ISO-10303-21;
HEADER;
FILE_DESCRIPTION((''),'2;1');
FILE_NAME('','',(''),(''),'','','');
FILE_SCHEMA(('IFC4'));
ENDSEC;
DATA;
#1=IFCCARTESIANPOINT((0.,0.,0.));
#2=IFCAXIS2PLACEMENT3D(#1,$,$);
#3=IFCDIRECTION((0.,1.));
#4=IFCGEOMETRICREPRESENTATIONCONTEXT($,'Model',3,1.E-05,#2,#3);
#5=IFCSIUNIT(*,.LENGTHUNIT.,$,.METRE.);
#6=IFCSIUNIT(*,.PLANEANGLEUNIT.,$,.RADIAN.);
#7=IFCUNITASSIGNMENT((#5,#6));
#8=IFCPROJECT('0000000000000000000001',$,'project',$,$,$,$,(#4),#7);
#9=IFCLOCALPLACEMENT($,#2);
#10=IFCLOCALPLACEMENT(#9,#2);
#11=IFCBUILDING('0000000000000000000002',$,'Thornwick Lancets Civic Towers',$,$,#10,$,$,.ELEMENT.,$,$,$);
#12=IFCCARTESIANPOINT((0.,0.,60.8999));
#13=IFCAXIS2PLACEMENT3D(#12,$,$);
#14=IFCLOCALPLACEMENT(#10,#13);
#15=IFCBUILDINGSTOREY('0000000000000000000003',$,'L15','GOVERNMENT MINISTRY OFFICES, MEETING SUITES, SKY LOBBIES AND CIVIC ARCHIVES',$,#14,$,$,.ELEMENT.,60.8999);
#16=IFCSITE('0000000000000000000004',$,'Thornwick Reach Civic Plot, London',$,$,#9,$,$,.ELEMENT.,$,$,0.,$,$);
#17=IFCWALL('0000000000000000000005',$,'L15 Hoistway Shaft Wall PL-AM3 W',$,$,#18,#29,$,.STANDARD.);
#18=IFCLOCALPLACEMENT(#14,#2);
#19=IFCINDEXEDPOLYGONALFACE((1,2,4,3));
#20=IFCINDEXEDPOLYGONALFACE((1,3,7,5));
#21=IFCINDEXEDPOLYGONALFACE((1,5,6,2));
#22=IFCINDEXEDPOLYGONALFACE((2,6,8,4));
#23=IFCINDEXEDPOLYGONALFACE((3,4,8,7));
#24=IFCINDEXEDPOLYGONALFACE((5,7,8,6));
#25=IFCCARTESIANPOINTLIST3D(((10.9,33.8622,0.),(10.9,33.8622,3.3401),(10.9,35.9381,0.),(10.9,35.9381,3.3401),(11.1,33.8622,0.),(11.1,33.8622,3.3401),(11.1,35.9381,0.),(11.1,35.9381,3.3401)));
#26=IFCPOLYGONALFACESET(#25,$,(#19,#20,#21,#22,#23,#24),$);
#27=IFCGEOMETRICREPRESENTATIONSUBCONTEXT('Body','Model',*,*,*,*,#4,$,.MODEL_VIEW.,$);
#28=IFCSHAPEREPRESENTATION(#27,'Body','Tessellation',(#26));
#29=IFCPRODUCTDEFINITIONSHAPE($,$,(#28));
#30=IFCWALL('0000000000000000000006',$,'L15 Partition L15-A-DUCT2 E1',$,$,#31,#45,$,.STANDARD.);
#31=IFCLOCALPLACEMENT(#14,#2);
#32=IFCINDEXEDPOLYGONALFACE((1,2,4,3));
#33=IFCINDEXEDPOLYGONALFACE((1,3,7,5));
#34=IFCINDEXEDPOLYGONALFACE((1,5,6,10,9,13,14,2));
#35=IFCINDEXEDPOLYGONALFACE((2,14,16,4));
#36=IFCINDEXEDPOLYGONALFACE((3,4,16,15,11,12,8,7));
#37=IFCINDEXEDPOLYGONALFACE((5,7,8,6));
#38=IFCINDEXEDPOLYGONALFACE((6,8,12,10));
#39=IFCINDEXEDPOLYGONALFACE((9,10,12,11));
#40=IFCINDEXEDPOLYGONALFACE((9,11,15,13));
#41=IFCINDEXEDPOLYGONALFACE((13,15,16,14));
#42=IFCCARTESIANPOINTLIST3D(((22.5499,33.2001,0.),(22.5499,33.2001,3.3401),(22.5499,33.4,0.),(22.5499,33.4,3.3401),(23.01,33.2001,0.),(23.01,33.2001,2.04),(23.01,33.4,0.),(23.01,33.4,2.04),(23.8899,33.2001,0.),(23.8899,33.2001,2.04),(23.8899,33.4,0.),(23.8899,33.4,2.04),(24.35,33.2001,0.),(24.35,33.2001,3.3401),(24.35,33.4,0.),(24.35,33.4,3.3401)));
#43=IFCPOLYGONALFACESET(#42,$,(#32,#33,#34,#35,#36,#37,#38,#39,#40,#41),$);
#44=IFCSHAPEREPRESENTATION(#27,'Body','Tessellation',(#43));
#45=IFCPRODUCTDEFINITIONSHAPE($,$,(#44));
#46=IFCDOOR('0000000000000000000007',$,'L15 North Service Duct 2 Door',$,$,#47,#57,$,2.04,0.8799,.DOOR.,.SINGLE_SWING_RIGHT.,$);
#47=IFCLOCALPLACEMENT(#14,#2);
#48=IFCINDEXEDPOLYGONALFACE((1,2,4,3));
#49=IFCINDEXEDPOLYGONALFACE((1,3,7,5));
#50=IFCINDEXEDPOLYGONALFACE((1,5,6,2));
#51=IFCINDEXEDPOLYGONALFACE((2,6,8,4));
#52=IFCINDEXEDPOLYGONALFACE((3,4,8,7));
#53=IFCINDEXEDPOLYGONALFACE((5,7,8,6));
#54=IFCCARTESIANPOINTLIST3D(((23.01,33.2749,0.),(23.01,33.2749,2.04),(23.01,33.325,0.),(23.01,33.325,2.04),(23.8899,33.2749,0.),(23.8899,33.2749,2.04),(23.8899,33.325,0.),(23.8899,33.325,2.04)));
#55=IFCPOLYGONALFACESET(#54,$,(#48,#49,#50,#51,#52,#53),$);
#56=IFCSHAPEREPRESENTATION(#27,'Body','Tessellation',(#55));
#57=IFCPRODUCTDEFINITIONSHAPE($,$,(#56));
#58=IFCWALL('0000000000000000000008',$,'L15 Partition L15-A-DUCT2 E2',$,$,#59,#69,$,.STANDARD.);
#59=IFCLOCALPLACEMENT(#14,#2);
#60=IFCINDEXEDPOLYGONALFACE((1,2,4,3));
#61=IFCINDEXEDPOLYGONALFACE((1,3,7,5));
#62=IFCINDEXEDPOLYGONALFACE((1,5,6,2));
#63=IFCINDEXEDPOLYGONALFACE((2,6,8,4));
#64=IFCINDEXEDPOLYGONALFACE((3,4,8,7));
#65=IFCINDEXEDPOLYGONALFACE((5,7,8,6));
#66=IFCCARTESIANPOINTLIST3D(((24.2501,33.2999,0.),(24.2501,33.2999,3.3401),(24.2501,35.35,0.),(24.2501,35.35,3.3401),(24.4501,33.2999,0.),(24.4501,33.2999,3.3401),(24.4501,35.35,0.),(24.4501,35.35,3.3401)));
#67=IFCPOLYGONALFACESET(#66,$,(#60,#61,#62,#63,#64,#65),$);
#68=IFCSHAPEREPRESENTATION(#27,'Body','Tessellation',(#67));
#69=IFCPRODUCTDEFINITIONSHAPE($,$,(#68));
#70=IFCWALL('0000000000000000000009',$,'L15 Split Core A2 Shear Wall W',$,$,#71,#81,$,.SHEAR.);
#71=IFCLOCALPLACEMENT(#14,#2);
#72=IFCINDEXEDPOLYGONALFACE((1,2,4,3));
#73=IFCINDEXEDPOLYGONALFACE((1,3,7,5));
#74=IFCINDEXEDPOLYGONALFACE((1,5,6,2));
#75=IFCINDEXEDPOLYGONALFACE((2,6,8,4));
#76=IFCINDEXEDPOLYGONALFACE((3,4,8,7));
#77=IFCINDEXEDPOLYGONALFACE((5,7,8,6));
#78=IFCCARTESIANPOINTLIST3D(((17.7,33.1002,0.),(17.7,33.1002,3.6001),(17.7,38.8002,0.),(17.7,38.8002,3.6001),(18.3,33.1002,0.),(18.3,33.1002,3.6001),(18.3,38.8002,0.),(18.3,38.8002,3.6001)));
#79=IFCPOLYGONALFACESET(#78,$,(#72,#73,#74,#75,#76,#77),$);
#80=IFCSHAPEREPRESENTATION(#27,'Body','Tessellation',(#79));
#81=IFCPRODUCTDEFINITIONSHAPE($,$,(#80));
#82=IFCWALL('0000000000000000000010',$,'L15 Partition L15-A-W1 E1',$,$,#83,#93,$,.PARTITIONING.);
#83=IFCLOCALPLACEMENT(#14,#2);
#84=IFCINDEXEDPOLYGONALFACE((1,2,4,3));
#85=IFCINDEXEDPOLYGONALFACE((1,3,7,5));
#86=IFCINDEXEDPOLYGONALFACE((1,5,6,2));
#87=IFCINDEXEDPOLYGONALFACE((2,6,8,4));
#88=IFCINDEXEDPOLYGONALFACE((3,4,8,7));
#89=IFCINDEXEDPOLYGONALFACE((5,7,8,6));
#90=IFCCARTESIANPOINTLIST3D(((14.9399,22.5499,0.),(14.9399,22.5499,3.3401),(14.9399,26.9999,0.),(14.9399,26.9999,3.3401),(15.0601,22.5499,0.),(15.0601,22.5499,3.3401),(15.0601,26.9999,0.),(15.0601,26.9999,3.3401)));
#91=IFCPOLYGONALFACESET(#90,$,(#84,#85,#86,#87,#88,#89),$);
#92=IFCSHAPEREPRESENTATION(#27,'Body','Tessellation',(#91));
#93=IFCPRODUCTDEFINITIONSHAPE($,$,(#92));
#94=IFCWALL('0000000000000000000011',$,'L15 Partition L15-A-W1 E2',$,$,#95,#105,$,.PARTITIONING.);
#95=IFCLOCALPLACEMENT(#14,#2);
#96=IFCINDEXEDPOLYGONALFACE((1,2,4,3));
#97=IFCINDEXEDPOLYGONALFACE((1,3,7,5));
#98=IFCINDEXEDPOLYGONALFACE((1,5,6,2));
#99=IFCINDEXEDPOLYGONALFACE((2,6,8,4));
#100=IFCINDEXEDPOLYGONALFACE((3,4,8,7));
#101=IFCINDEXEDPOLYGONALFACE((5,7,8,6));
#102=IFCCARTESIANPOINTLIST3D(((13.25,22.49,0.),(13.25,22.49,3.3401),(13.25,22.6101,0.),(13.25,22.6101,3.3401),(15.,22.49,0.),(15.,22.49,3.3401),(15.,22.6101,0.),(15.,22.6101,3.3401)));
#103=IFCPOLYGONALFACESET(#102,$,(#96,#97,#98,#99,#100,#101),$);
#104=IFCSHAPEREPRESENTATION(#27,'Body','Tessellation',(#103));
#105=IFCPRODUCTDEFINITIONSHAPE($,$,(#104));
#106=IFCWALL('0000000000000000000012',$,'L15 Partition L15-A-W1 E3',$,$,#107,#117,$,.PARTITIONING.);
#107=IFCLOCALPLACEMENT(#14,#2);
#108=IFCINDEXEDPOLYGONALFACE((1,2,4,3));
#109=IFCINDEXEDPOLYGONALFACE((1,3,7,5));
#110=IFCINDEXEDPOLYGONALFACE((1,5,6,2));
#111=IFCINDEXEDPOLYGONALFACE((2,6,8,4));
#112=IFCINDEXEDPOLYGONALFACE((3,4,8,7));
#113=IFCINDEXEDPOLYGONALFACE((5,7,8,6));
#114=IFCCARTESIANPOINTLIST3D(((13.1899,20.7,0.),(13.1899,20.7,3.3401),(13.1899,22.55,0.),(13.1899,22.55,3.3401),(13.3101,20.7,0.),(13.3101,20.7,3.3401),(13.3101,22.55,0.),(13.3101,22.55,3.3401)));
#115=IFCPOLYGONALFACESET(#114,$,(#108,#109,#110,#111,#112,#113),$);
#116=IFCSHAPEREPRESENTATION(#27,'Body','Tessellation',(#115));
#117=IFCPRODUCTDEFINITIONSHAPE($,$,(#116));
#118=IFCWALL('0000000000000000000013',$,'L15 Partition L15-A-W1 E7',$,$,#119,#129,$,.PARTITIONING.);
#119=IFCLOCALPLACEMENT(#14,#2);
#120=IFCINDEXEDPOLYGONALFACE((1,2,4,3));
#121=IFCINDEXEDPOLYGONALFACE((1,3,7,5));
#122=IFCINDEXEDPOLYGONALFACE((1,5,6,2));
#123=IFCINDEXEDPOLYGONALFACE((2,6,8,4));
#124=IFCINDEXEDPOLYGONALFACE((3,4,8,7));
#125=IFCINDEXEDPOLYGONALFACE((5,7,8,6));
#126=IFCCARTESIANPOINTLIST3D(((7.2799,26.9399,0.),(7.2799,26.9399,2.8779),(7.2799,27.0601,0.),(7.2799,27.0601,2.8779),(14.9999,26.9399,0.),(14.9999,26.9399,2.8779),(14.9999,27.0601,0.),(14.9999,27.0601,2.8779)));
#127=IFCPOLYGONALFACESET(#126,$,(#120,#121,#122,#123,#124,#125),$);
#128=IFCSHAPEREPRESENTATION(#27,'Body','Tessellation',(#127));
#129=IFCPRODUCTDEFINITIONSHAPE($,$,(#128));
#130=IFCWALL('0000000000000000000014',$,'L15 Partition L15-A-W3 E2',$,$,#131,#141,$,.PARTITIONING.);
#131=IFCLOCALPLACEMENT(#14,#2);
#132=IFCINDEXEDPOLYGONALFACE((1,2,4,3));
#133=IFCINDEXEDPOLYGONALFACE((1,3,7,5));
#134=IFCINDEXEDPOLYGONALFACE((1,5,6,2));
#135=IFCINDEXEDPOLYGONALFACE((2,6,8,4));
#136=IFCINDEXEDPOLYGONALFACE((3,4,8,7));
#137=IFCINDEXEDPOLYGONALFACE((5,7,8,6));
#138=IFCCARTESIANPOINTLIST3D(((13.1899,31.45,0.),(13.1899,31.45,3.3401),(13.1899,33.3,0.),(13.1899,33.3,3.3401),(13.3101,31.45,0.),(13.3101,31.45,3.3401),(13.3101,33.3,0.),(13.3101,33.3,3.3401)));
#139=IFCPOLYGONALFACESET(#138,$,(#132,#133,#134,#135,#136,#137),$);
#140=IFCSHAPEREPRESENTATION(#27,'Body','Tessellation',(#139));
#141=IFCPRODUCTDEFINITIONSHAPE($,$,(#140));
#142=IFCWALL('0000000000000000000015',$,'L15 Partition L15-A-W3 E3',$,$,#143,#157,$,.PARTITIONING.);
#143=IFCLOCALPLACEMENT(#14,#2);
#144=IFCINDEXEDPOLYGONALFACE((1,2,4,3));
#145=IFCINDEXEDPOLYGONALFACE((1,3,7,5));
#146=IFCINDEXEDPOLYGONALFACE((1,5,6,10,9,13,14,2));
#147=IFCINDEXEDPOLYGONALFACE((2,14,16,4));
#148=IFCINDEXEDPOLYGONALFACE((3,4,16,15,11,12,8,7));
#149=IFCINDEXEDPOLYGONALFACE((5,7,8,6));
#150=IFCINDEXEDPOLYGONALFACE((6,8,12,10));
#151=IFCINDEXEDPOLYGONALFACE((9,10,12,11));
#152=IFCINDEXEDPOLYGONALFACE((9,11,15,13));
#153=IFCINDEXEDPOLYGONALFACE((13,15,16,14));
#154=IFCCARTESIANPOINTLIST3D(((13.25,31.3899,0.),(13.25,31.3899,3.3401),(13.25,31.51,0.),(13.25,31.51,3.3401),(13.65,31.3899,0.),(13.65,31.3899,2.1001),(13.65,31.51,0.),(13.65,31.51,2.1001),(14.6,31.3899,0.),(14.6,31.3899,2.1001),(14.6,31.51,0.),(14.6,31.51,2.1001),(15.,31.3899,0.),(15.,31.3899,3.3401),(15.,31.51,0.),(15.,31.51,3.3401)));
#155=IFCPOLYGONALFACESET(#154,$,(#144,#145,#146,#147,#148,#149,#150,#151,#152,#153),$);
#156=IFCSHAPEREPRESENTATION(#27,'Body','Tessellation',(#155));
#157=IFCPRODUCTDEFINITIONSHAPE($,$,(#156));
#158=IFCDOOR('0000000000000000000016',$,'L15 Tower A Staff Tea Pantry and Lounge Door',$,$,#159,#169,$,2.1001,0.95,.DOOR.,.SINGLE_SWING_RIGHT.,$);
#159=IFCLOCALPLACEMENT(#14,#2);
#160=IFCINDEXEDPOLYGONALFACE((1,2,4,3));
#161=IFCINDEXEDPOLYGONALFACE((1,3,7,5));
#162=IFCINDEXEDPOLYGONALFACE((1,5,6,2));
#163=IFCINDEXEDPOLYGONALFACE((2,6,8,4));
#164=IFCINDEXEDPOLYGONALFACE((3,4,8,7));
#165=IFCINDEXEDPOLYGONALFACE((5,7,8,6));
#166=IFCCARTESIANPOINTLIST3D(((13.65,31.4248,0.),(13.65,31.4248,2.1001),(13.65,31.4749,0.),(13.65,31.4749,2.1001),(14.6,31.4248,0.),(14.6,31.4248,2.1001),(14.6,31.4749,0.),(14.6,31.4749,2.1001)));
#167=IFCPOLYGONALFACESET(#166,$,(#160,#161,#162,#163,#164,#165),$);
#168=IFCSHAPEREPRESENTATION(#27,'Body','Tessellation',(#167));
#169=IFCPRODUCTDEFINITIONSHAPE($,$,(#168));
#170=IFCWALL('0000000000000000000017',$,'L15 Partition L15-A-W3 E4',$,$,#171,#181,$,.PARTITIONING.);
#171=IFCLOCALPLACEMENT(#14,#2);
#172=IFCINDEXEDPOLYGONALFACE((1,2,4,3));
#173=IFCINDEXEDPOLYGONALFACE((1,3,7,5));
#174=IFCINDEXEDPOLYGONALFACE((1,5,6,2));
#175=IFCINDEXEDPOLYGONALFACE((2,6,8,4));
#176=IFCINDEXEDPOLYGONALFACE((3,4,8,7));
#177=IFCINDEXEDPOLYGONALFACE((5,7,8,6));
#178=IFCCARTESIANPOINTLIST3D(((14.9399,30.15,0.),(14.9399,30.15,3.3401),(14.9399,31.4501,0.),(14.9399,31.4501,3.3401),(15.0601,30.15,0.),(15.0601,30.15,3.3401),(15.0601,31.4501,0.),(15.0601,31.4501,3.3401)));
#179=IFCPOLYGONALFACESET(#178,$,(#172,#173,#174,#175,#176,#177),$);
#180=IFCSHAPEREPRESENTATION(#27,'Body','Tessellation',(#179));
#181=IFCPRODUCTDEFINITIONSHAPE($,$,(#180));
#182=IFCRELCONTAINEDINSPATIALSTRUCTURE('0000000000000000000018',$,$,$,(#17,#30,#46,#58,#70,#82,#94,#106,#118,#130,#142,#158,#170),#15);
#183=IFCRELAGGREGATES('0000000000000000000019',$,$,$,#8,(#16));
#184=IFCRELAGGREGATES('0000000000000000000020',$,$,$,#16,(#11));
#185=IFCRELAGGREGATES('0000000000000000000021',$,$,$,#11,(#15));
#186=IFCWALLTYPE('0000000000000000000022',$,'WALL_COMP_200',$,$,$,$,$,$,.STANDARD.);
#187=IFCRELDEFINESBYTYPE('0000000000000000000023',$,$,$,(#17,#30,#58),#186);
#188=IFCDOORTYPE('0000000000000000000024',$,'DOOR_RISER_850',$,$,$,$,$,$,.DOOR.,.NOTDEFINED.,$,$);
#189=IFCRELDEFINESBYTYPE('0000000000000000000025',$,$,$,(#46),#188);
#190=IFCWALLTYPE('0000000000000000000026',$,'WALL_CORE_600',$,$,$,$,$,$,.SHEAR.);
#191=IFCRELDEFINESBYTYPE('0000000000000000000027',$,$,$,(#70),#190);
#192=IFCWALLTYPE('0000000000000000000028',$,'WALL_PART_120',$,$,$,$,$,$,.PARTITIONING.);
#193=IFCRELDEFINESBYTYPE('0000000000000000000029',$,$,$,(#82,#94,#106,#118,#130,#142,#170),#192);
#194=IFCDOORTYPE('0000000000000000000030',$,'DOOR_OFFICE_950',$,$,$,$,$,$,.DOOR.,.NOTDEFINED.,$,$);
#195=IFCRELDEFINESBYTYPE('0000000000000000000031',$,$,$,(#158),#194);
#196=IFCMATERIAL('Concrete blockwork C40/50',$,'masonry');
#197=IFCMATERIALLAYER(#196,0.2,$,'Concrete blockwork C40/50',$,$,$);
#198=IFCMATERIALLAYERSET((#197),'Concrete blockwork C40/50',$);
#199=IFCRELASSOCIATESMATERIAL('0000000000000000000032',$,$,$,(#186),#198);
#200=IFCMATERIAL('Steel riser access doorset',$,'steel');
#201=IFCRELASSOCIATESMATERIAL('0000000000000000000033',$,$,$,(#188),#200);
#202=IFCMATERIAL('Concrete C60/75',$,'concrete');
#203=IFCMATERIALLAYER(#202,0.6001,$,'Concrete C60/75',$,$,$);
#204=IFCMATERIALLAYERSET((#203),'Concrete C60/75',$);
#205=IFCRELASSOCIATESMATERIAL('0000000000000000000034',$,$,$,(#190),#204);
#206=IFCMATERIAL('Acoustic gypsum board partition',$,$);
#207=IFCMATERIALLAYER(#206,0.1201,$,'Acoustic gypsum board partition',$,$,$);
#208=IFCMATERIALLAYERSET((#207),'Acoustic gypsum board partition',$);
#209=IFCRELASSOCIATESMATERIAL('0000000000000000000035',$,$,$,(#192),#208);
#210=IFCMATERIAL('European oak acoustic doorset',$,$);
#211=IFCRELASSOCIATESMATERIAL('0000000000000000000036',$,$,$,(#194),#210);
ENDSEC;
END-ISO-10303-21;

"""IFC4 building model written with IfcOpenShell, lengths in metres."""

from ifc_helpers import new_model, si_unit, direction, frame, frame_2d, origin, place, context, subcontext, project, spatial, rectangle, extrude, material, layer, layer_set, type_object, element, fill, save


model = new_model("IFC4")

# Units and contexts
model_context = context("Model", 3, precision=1e-05, world=origin(), true_north=direction((0.0, 1.0)))
body_context = subcontext(model_context, "Body", "Model", "MODEL_VIEW")
ifc_project = project(units=[si_unit("LENGTHUNIT", "METRE"), si_unit("PLANEANGLEUNIT", "RADIAN")], contexts=[model_context])

# Site, building, storey
site_placement = place(None, origin())
site = spatial("IfcSite", under=ifc_project, at=site_placement, Name="Thornwick Reach Civic Plot, London", CompositionType="ELEMENT", RefElevation=0.0)
building_placement = place(site_placement, origin())
building = spatial("IfcBuilding", under=site, at=building_placement, Name="Thornwick Lancets Civic Towers", CompositionType="ELEMENT")
storey_placement = place(building_placement, frame((0.0, 0.0, 60.8999)))
storey = spatial("IfcBuildingStorey", under=building, at=storey_placement, Name="L15", Description="GOVERNMENT MINISTRY OFFICES, MEETING SUITES, SKY LOBBIES AND CIVIC ARCHIVES", CompositionType="ELEMENT", Elevation=60.8999)

# Shared definitions
ifc_material_1 = material(Name="Concrete C60/75", Category="concrete")

# Wall
ifc_material_2 = material(Name="Concrete blockwork C40/50", Category="masonry")
ifc_layer_1 = layer(ifc_material_2, 0.2, Name="Concrete blockwork C40/50")
ifc_layer_set_1 = layer_set([ifc_layer_1], Name="Concrete blockwork C40/50")
wall_type_1 = type_object("IfcWallType", Name="WALL_COMP_200", PredefinedType="STANDARD", material=ifc_layer_set_1)
wall_1_placement = place(storey_placement, frame((11.0, 33.8621, 0.0), z_axis=(0.0, 0.0, 1.0), x_axis=(0.0, 1.0, 0.0)))
element("IfcWall", 1, at=wall_1_placement, inside=storey, type_object=wall_type_1, Name="L15 Hoistway Shaft Wall PL-AM3 W", PredefinedType="STANDARD", context=body_context, shape_type="SweptSolid", body=[
    extrude(rectangle(XDim=2.0759, YDim=0.2, at=frame_2d((1.0381, 0.0))), origin(), (0.0, 0.0, 1.0), 3.3401),
])

# Wall, opening, door
wall_2_placement = place(storey_placement, frame((22.55, 33.3, 0.0), z_axis=(0.0, 0.0, 1.0), x_axis=(1.0, 0.0, 0.0)))
wall_2 = element("IfcWall", 2, at=wall_2_placement, inside=storey, type_object=wall_type_1, Name="L15 Partition L15-A-DUCT2 E1", PredefinedType="STANDARD", context=body_context, shape_type="SweptSolid", body=[
    extrude(rectangle(XDim=1.8, YDim=0.2, at=frame_2d((0.8999, 0.0))), origin(), (0.0, 0.0, 1.0), 3.3401),
])
opening_1_placement = place(wall_2_placement, frame((0.46, 0.0, 0.0)))
opening_1 = element("IfcOpeningElement", 3, at=opening_1_placement, cuts=wall_2, PredefinedType="OPENING", context=body_context, shape_type="SweptSolid", body=[
    extrude(rectangle(XDim=0.8799, YDim=2.04, at=frame_2d((0.4399, 1.02))), frame((0.0, 0.1099, 0.0), z_axis=(0.0, -1.0, 0.0), x_axis=(1.0, 0.0, 0.0)), (0.0, 0.0, 1.0), 0.22),
])
ifc_material_3 = material(Name="Steel riser access doorset", Category="steel")
door_type_1 = type_object("IfcDoorType", Name="DOOR_RISER_850", OperationType="NOTDEFINED", PredefinedType="DOOR", material=ifc_material_3)
door_1_placement = place(opening_1_placement, origin())
door_1 = element("IfcDoor", 4, at=door_1_placement, inside=storey, type_object=door_type_1, Name="L15 North Service Duct 2 Door", OperationType="SINGLE_SWING_RIGHT", OverallHeight=2.04, OverallWidth=0.8799, PredefinedType="DOOR", context=body_context, shape_type="SweptSolid", body=[
    extrude(rectangle(XDim=0.8799, YDim=2.04, at=frame_2d((0.4399, 1.02))), frame((0.0, 0.0249, 0.0), z_axis=(0.0, -1.0, 0.0), x_axis=(1.0, 0.0, 0.0)), (0.0, 0.0, 1.0), 0.05),
])
fill(opening_1, door_1)

# Walls
wall_3_placement = place(storey_placement, frame((24.3501, 33.3, 0.0), z_axis=(0.0, 0.0, 1.0), x_axis=(0.0, 1.0, 0.0)))
element("IfcWall", 5, at=wall_3_placement, inside=storey, type_object=wall_type_1, Name="L15 Partition L15-A-DUCT2 E2", PredefinedType="STANDARD", context=body_context, shape_type="SweptSolid", body=[
    extrude(rectangle(XDim=2.05, YDim=0.2, at=frame_2d((1.0249, 0.0))), origin(), (0.0, 0.0, 1.0), 3.3401),
])
ifc_layer_2 = layer(ifc_material_1, 0.6001, Name="Concrete C60/75")
ifc_layer_set_2 = layer_set([ifc_layer_2], Name="Concrete C60/75")
wall_type_2 = type_object("IfcWallType", Name="WALL_CORE_600", PredefinedType="SHEAR", material=ifc_layer_set_2)
wall_4_placement = place(storey_placement, frame((18.0, 33.1001, 0.0), z_axis=(0.0, 0.0, 1.0), x_axis=(0.0, 1.0, 0.0)))
element("IfcWall", 6, at=wall_4_placement, inside=storey, type_object=wall_type_2, Name="L15 Split Core A2 Shear Wall W", PredefinedType="SHEAR", context=body_context, shape_type="SweptSolid", body=[
    extrude(rectangle(XDim=5.7, YDim=0.6001, at=frame_2d((2.8501, 0.0))), origin(), (0.0, 0.0, 1.0), 3.6001),
])
ifc_material_4 = material(Name="Acoustic gypsum board partition")
ifc_layer_3 = layer(ifc_material_4, 0.1201, Name="Acoustic gypsum board partition")
ifc_layer_set_3 = layer_set([ifc_layer_3], Name="Acoustic gypsum board partition")
wall_type_3 = type_object("IfcWallType", Name="WALL_PART_120", PredefinedType="PARTITIONING", material=ifc_layer_set_3)
wall_5_placement = place(storey_placement, frame((15.0, 27.0, 0.0), z_axis=(0.0, 0.0, 1.0), x_axis=(0.0, -1.0, 0.0)))
element("IfcWall", 7, at=wall_5_placement, inside=storey, type_object=wall_type_3, Name="L15 Partition L15-A-W1 E1", PredefinedType="PARTITIONING", context=body_context, shape_type="SweptSolid", body=[
    extrude(rectangle(XDim=4.45, YDim=0.1201, at=frame_2d((2.2251, 0.0))), origin(), (0.0, 0.0, 1.0), 3.3401),
])
wall_6_placement = place(storey_placement, frame((15.0, 22.55, 0.0), z_axis=(0.0, 0.0, 1.0), x_axis=(-1.0, 0.0, 0.0)))
element("IfcWall", 8, at=wall_6_placement, inside=storey, type_object=wall_type_3, Name="L15 Partition L15-A-W1 E2", PredefinedType="PARTITIONING", context=body_context, shape_type="SweptSolid", body=[
    extrude(rectangle(XDim=1.75, YDim=0.1201, at=frame_2d((0.875, 0.0))), origin(), (0.0, 0.0, 1.0), 3.3401),
])
wall_7_placement = place(storey_placement, frame((13.25, 22.55, 0.0), z_axis=(0.0, 0.0, 1.0), x_axis=(0.0, -1.0, 0.0)))
element("IfcWall", 9, at=wall_7_placement, inside=storey, type_object=wall_type_3, Name="L15 Partition L15-A-W1 E3", PredefinedType="PARTITIONING", context=body_context, shape_type="SweptSolid", body=[
    extrude(rectangle(XDim=1.8501, YDim=0.1201, at=frame_2d((0.925, 0.0))), origin(), (0.0, 0.0, 1.0), 3.3401),
])
wall_8_placement = place(storey_placement, frame((7.28, 27.0, 0.0), z_axis=(0.0, 0.0, 1.0), x_axis=(1.0, 0.0, 0.0)))
element("IfcWall", 10, at=wall_8_placement, inside=storey, type_object=wall_type_3, Name="L15 Partition L15-A-W1 E7", PredefinedType="PARTITIONING", context=body_context, shape_type="SweptSolid", body=[
    extrude(rectangle(XDim=7.72, YDim=0.1201, at=frame_2d((3.8599, 0.0))), origin(), (0.0, 0.0, 1.0), 2.8779),
])
wall_9_placement = place(storey_placement, frame((13.25, 33.3, 0.0), z_axis=(0.0, 0.0, 1.0), x_axis=(0.0, -1.0, 0.0)))
element("IfcWall", 11, at=wall_9_placement, inside=storey, type_object=wall_type_3, Name="L15 Partition L15-A-W3 E2", PredefinedType="PARTITIONING", context=body_context, shape_type="SweptSolid", body=[
    extrude(rectangle(XDim=1.8501, YDim=0.1201, at=frame_2d((0.925, 0.0))), origin(), (0.0, 0.0, 1.0), 3.3401),
])

# Wall, opening, door
wall_10_placement = place(storey_placement, frame((13.25, 31.45, 0.0), z_axis=(0.0, 0.0, 1.0), x_axis=(1.0, 0.0, 0.0)))
wall_10 = element("IfcWall", 12, at=wall_10_placement, inside=storey, type_object=wall_type_3, Name="L15 Partition L15-A-W3 E3", PredefinedType="PARTITIONING", context=body_context, shape_type="SweptSolid", body=[
    extrude(rectangle(XDim=1.75, YDim=0.1201, at=frame_2d((0.875, 0.0))), origin(), (0.0, 0.0, 1.0), 3.3401),
])
opening_2_placement = place(wall_10_placement, frame((0.3999, 0.0, 0.0)))
opening_2 = element("IfcOpeningElement", 13, at=opening_2_placement, cuts=wall_10, PredefinedType="OPENING", context=body_context, shape_type="SweptSolid", body=[
    extrude(rectangle(XDim=0.95, YDim=2.1001, at=frame_2d((0.4751, 1.05))), frame((0.0, 0.0701, 0.0), z_axis=(0.0, -1.0, 0.0), x_axis=(1.0, 0.0, 0.0)), (0.0, 0.0, 1.0), 0.1401),
])
ifc_material_5 = material(Name="European oak acoustic doorset")
door_type_2 = type_object("IfcDoorType", Name="DOOR_OFFICE_950", OperationType="NOTDEFINED", PredefinedType="DOOR", material=ifc_material_5)
door_2_placement = place(opening_2_placement, origin())
door_2 = element("IfcDoor", 14, at=door_2_placement, inside=storey, type_object=door_type_2, Name="L15 Tower A Staff Tea Pantry and Lounge Door", OperationType="SINGLE_SWING_RIGHT", OverallHeight=2.1001, OverallWidth=0.95, PredefinedType="DOOR", context=body_context, shape_type="SweptSolid", body=[
    extrude(rectangle(XDim=0.95, YDim=2.1001, at=frame_2d((0.4751, 1.05))), frame((0.0, 0.0249, 0.0), z_axis=(0.0, -1.0, 0.0), x_axis=(1.0, 0.0, 0.0)), (0.0, 0.0, 1.0), 0.05),
])
fill(opening_2, door_2)

# Wall
wall_11_placement = place(storey_placement, frame((15.0, 31.45, 0.0), z_axis=(0.0, 0.0, 1.0), x_axis=(0.0, -1.0, 0.0)))
element("IfcWall", 15, at=wall_11_placement, inside=storey, type_object=wall_type_3, Name="L15 Partition L15-A-W3 E4", PredefinedType="PARTITIONING", context=body_context, shape_type="SweptSolid", body=[
    extrude(rectangle(XDim=1.3, YDim=0.1201, at=frame_2d((0.6499, 0.0))), origin(), (0.0, 0.0, 1.0), 3.3401),
])

save(model, "model.ifc")
